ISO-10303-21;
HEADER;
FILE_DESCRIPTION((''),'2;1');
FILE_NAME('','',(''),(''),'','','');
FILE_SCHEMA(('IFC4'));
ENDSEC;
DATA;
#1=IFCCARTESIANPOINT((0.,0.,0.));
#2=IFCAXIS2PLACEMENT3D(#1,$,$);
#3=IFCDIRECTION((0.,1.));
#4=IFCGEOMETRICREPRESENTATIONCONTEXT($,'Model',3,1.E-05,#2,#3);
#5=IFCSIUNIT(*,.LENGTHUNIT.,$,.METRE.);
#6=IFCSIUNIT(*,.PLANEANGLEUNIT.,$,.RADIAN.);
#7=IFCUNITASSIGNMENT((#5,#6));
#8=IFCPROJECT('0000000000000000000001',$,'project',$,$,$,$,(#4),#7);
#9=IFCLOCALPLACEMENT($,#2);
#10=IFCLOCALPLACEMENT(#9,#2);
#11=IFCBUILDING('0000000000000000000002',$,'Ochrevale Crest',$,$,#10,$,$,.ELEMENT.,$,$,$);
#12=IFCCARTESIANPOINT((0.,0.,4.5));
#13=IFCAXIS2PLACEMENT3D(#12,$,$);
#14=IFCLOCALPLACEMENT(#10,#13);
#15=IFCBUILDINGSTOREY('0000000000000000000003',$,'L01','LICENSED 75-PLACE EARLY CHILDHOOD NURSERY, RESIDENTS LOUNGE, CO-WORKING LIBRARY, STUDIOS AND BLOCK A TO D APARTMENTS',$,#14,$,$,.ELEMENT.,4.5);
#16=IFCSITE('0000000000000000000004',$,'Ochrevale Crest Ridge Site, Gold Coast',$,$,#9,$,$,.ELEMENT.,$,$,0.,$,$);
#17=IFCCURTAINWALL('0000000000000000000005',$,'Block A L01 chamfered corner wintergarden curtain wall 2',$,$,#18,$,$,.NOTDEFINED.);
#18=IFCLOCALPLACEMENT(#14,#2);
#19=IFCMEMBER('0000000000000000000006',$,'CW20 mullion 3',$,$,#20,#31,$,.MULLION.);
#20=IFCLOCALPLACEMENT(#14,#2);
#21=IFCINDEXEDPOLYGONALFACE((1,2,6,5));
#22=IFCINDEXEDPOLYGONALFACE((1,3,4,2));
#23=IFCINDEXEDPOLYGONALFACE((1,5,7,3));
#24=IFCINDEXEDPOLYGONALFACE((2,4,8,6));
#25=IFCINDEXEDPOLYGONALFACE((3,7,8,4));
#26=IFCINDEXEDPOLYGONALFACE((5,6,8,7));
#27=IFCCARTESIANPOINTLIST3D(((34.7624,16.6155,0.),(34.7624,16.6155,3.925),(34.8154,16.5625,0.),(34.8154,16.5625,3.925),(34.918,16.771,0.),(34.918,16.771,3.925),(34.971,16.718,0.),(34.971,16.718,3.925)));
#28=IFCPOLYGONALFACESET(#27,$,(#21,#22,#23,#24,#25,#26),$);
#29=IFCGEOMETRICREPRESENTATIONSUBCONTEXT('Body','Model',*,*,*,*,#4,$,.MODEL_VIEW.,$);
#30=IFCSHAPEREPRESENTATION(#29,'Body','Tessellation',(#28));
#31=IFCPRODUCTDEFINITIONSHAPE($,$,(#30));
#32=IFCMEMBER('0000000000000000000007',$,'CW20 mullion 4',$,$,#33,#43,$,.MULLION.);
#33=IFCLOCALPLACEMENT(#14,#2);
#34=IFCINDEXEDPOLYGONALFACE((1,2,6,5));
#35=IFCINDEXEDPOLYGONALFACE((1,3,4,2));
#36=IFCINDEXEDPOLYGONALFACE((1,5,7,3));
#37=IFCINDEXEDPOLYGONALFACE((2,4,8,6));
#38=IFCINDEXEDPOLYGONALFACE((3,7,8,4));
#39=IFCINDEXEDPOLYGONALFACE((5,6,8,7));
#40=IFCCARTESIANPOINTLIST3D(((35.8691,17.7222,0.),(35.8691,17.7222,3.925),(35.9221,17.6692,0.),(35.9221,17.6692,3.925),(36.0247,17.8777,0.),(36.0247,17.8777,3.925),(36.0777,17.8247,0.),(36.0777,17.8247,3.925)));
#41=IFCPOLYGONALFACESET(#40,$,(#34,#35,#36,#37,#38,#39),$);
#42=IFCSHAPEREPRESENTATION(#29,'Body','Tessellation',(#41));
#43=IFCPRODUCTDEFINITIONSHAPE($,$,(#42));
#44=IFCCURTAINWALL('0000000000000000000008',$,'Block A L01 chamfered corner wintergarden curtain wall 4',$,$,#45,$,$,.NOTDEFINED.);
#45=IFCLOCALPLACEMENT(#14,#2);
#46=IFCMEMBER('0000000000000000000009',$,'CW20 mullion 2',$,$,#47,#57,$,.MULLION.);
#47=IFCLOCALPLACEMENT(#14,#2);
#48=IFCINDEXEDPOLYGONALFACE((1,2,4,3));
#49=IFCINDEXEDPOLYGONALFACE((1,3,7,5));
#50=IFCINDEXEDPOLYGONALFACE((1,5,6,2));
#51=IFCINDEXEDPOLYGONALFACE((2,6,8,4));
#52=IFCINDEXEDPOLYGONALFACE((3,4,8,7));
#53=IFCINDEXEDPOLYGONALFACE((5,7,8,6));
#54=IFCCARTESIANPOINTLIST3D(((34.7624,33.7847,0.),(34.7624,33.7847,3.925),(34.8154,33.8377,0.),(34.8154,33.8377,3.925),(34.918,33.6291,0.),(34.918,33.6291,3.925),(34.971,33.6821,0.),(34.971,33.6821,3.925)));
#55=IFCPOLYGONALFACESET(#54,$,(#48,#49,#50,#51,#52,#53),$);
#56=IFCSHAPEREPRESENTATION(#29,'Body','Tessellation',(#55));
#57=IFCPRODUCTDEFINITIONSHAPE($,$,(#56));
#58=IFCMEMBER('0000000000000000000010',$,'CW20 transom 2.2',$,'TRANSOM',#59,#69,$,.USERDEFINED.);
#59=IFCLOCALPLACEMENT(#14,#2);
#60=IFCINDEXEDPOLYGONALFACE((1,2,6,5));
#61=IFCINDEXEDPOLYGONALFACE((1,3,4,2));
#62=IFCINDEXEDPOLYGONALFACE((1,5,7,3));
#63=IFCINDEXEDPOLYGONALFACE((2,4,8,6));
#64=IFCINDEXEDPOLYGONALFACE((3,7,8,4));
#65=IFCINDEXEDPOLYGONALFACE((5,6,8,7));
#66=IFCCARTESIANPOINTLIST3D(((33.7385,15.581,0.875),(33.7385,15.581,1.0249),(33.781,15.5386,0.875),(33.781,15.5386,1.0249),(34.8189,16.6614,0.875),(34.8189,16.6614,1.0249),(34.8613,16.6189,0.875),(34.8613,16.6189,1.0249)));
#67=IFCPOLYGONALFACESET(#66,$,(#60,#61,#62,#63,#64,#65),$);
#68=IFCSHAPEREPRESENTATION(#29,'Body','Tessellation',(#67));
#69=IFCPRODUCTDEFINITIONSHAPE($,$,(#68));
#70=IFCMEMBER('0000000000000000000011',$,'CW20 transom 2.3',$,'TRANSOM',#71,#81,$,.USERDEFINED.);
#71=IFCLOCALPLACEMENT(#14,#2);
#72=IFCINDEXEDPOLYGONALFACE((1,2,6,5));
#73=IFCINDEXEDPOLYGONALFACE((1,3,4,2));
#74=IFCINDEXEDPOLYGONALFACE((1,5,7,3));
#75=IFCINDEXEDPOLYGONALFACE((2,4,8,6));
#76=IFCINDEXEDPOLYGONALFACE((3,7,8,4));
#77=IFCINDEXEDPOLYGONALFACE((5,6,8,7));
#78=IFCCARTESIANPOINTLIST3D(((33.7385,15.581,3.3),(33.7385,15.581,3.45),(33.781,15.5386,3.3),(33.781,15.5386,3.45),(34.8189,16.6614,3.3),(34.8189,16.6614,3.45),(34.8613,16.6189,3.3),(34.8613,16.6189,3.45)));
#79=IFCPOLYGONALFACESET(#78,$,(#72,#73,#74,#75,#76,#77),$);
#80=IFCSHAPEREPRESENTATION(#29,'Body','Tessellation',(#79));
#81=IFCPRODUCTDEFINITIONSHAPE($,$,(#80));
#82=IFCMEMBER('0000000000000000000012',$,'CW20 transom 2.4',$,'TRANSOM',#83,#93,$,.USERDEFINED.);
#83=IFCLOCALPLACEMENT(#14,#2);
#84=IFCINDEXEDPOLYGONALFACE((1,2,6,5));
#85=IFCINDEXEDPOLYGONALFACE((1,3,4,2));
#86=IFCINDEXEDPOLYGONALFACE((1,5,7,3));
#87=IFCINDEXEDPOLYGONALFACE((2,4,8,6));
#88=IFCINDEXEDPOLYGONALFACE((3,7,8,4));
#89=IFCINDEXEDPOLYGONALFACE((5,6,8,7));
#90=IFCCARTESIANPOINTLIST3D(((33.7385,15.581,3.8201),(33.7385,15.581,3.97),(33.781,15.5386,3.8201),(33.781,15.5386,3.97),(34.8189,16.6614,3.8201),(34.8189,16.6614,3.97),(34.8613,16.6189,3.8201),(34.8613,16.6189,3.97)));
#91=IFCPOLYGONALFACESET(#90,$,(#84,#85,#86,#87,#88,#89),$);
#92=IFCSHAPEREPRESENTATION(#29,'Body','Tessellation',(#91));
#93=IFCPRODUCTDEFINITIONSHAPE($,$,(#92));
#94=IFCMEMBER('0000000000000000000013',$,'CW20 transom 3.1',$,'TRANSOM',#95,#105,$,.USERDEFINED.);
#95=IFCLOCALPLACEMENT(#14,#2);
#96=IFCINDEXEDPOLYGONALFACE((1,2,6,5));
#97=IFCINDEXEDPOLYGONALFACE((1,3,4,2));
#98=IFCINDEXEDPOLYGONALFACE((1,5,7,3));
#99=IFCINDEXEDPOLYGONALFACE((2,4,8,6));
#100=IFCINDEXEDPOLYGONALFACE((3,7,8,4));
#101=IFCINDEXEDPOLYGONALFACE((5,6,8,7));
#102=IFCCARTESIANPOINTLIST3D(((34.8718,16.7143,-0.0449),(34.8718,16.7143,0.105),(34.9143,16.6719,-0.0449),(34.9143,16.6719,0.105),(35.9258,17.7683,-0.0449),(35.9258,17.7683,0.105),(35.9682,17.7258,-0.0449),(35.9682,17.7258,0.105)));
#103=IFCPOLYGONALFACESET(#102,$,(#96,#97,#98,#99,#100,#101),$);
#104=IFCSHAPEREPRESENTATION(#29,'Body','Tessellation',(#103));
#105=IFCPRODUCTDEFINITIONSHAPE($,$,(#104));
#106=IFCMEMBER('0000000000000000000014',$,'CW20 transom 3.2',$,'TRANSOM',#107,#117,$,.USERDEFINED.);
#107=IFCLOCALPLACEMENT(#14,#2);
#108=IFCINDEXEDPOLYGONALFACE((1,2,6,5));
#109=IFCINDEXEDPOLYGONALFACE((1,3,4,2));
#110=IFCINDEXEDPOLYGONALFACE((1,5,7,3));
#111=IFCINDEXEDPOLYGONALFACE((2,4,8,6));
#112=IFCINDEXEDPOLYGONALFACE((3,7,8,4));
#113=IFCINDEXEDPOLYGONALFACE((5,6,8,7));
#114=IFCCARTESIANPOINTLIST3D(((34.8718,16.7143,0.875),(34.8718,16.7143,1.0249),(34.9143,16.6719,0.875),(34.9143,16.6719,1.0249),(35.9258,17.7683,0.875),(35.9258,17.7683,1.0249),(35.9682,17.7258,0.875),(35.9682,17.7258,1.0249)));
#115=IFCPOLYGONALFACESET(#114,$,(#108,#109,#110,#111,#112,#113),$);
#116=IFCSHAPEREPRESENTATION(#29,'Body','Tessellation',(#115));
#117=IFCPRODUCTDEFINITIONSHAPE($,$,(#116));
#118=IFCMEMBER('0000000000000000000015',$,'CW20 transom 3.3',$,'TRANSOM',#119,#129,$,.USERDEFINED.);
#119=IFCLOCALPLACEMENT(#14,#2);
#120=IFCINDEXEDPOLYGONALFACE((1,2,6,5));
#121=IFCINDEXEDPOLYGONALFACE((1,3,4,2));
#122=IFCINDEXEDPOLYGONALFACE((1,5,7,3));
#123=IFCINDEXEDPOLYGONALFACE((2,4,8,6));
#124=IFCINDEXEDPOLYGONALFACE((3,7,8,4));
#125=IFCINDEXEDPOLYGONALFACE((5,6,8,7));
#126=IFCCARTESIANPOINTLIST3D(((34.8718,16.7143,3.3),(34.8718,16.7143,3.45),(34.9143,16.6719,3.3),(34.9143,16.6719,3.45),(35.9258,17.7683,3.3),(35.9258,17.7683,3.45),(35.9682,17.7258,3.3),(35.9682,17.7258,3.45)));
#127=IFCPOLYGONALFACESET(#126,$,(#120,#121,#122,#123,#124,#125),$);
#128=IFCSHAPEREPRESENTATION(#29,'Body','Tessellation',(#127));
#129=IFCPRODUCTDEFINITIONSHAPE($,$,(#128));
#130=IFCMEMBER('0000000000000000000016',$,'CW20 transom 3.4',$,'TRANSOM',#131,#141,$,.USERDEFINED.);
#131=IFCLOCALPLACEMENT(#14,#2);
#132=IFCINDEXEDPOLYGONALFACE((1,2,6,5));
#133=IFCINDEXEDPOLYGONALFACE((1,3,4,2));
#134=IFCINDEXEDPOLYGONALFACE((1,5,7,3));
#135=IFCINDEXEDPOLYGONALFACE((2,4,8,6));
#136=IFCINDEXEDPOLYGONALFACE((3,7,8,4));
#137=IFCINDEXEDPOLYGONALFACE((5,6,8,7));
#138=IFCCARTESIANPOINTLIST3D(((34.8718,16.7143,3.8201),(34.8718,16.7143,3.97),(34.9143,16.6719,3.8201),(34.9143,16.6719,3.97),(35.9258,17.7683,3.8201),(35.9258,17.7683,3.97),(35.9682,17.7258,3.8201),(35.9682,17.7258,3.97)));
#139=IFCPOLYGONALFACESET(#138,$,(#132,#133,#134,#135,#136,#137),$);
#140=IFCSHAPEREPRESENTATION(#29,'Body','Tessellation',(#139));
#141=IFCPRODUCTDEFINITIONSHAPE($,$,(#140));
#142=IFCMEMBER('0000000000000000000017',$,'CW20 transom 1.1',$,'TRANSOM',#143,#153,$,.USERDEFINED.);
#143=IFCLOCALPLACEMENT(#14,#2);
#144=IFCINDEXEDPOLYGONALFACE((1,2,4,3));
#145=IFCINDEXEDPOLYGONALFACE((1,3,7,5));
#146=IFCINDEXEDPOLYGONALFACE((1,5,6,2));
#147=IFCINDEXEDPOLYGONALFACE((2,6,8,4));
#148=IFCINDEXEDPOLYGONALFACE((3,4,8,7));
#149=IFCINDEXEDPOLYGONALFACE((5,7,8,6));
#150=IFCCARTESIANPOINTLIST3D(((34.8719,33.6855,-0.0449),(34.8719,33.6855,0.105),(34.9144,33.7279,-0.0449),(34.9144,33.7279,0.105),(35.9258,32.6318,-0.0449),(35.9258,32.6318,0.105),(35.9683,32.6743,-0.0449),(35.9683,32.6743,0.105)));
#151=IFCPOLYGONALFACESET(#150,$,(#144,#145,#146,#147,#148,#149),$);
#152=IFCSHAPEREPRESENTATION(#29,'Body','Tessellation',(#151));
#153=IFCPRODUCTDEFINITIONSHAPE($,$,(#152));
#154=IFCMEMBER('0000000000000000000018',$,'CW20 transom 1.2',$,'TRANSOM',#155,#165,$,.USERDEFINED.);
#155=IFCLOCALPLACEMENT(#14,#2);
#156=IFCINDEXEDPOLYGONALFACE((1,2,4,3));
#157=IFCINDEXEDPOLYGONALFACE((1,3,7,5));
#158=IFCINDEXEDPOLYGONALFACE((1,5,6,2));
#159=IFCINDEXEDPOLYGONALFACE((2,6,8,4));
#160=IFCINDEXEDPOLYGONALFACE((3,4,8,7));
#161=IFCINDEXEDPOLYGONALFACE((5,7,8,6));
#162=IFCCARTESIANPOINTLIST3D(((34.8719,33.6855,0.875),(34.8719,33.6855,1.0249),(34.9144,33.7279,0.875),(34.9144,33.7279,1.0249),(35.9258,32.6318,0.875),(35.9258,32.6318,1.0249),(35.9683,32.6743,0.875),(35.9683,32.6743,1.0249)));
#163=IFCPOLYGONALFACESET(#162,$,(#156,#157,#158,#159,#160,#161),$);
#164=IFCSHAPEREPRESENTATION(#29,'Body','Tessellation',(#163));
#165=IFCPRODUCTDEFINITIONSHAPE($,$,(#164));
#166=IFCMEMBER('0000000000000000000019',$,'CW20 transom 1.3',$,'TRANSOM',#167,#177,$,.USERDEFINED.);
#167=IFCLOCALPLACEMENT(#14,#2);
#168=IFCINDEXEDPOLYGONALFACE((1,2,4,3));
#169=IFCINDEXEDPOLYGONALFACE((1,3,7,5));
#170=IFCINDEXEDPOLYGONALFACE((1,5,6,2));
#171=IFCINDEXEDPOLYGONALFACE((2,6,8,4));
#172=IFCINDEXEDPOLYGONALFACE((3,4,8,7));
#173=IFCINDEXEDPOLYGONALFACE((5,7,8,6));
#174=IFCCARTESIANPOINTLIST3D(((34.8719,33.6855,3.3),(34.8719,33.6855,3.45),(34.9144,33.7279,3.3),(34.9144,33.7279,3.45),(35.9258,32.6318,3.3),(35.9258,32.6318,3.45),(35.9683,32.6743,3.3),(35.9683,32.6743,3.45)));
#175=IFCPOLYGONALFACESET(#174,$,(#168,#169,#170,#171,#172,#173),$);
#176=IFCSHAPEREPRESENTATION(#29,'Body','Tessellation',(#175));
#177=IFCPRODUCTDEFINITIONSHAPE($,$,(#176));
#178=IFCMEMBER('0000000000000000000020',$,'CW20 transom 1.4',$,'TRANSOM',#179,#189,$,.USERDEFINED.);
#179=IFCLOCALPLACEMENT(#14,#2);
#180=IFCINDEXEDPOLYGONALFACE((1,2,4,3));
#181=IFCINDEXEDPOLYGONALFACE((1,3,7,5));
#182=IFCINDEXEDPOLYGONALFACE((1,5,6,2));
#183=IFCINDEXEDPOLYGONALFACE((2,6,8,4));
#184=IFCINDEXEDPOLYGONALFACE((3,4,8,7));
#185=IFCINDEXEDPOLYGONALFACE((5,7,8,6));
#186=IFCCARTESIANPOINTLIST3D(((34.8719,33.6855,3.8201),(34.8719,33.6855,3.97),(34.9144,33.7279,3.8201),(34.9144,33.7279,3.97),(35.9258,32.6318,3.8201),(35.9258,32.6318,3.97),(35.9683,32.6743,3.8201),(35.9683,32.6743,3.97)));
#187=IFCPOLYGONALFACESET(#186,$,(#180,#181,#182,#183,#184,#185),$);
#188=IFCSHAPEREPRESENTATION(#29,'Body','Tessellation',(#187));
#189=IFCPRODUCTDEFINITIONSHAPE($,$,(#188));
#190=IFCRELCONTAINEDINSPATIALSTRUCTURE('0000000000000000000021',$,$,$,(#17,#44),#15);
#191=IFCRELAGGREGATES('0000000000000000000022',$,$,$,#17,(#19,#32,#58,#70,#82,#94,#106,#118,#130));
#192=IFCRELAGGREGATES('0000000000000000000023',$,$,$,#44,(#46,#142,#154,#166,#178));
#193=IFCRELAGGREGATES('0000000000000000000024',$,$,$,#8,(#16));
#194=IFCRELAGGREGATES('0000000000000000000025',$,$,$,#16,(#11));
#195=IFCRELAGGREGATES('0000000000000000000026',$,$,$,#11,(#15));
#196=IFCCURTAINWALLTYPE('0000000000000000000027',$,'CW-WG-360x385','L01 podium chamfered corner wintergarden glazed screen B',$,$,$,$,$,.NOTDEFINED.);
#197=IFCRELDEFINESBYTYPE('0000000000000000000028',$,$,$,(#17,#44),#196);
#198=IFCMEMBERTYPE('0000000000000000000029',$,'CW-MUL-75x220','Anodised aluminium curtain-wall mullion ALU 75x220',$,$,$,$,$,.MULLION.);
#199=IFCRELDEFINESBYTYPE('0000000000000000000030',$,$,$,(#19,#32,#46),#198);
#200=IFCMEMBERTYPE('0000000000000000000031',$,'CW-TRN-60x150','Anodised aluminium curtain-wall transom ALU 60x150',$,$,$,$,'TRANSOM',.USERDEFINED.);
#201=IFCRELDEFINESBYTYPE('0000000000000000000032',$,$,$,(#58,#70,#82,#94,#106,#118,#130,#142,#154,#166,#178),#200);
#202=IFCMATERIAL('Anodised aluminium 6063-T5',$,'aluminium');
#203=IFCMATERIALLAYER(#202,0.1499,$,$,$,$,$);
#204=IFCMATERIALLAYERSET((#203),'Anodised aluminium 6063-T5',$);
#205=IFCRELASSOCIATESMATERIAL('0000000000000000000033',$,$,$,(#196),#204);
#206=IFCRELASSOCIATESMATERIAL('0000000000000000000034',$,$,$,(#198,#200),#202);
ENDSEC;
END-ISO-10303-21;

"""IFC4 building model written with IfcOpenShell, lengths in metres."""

from ifc_helpers import new_model, si_unit, direction, frame, origin, origin_2d, place, context, subcontext, project, spatial, rectangle, extrude, material, layer, layer_set, material_profile, profile_set, type_object, element, aggregate, save


model = new_model("IFC4")

# Units and contexts
model_context = context("Model", 3, precision=1e-05, world=origin(), true_north=direction((0.0, 1.0)))
body_context = subcontext(model_context, "Body", "Model", "MODEL_VIEW")
ifc_project = project(units=[si_unit("LENGTHUNIT", "METRE"), si_unit("PLANEANGLEUNIT", "RADIAN")], contexts=[model_context])

# Site, building, storey
site_placement = place(None, origin())
site = spatial("IfcSite", under=ifc_project, at=site_placement, Name="Ochrevale Crest Ridge Site, Gold Coast", CompositionType="ELEMENT", RefElevation=0.0)
building_placement = place(site_placement, origin())
building = spatial("IfcBuilding", under=site, at=building_placement, Name="Ochrevale Crest", CompositionType="ELEMENT")
storey_placement = place(building_placement, frame((0.0, 0.0, 4.5)))
storey = spatial("IfcBuildingStorey", under=building, at=storey_placement, Name="L01", Description="LICENSED 75-PLACE EARLY CHILDHOOD NURSERY, RESIDENTS LOUNGE, CO-WORKING LIBRARY, STUDIOS AND BLOCK A TO D APARTMENTS", CompositionType="ELEMENT", Elevation=4.5)

# Curtain wall, members
ifc_material_1 = material(Name="Anodised aluminium 6063-T5", Category="aluminium")
ifc_layer_1 = layer(ifc_material_1, 0.1499)
ifc_layer_set_1 = layer_set([ifc_layer_1], Name="Anodised aluminium 6063-T5")
curtain_wall_type = type_object("IfcCurtainWallType", Name="CW-WG-360x385", Description="L01 podium chamfered corner wintergarden glazed screen B", PredefinedType="NOTDEFINED", material=ifc_layer_set_1)
curtain_wall_1_placement = place(storey_placement, origin())
curtain_wall_1 = element("IfcCurtainWall", 1, at=curtain_wall_1_placement, inside=storey, type_object=curtain_wall_type, Name="Block A L01 chamfered corner wintergarden curtain wall 2", PredefinedType="NOTDEFINED")
ifc_material_profile_1 = material_profile(ifc_material_1, rectangle(XDim=0.075, YDim=0.22, at=origin_2d()), Name="ALU 75x220")
ifc_profile_set_1 = profile_set([ifc_material_profile_1], Name="Anodised aluminium 6063-T5")
member_type_1 = type_object("IfcMemberType", Name="CW-MUL-75x220", Description="Anodised aluminium curtain-wall mullion ALU 75x220", PredefinedType="MULLION", material=ifc_profile_set_1)
member_1_placement = place(storey_placement, frame((34.8667, 16.6667, 0.0), z_axis=(0.0, 0.0, 1.0), x_axis=(-0.707107, 0.707107, 0.0)))
member_1 = element("IfcMember", 2, at=member_1_placement, type_object=member_type_1, Name="CW20 mullion 3", PredefinedType="MULLION", context=body_context, shape_type="SweptSolid", body=[
    extrude(rectangle(XDim=0.075, YDim=0.22, at=origin_2d()), origin(), (0.0, 0.0, 1.0), 3.925),
])
member_2_placement = place(storey_placement, frame((35.9734, 17.7734, 0.0), z_axis=(0.0, 0.0, 1.0), x_axis=(-0.707107, 0.707107, 0.0)))
member_2 = element("IfcMember", 3, at=member_2_placement, type_object=member_type_1, Name="CW20 mullion 4", PredefinedType="MULLION", context=body_context, shape_type="SweptSolid", body=[
    extrude(rectangle(XDim=0.075, YDim=0.22, at=origin_2d()), origin(), (0.0, 0.0, 1.0), 3.925),
])

# Curtain wall, member
curtain_wall_2_placement = place(storey_placement, origin())
curtain_wall_2 = element("IfcCurtainWall", 4, at=curtain_wall_2_placement, inside=storey, type_object=curtain_wall_type, Name="Block A L01 chamfered corner wintergarden curtain wall 4", PredefinedType="NOTDEFINED")
member_3_placement = place(storey_placement, frame((34.8667, 33.7334, 0.0), z_axis=(0.0, 0.0, 1.0), x_axis=(-0.707107, -0.707107, 0.0)))
member_3 = element("IfcMember", 5, at=member_3_placement, type_object=member_type_1, Name="CW20 mullion 2", PredefinedType="MULLION", context=body_context, shape_type="SweptSolid", body=[
    extrude(rectangle(XDim=0.075, YDim=0.22, at=origin_2d()), origin(), (0.0, 0.0, 1.0), 3.925),
])

# Members
ifc_material_profile_2 = material_profile(ifc_material_1, rectangle(XDim=0.0601, YDim=0.1499, at=origin_2d()), Name="ALU 60x150")
ifc_profile_set_2 = profile_set([ifc_material_profile_2], Name="Anodised aluminium 6063-T5")
member_type_2 = type_object("IfcMemberType", Name="CW-TRN-60x150", Description="Anodised aluminium curtain-wall transom ALU 60x150", ElementType="TRANSOM", PredefinedType="USERDEFINED", material=ifc_profile_set_2)
member_4_placement = place(storey_placement, frame((33.7598, 15.5598, 0.95), z_axis=(0.707107, 0.707107, 0.0), x_axis=(-0.707107, 0.707107, 0.0)))
member_4 = element("IfcMember", 6, at=member_4_placement, type_object=member_type_2, Name="CW20 transom 2.2", ObjectType="TRANSOM", PredefinedType="USERDEFINED", context=body_context, shape_type="SweptSolid", body=[
    extrude(rectangle(XDim=0.0601, YDim=0.1499, at=origin_2d()), origin(), (0.0, 0.0, 1.0), 1.5278),
])
member_5_placement = place(storey_placement, frame((33.7598, 15.5598, 3.375), z_axis=(0.707107, 0.707107, 0.0), x_axis=(-0.707107, 0.707107, 0.0)))
member_5 = element("IfcMember", 7, at=member_5_placement, type_object=member_type_2, Name="CW20 transom 2.3", ObjectType="TRANSOM", PredefinedType="USERDEFINED", context=body_context, shape_type="SweptSolid", body=[
    extrude(rectangle(XDim=0.0601, YDim=0.1499, at=origin_2d()), origin(), (0.0, 0.0, 1.0), 1.5278),
])
member_6_placement = place(storey_placement, frame((33.7598, 15.5598, 3.895), z_axis=(0.707107, 0.707107, 0.0), x_axis=(-0.707107, 0.707107, 0.0)))
member_6 = element("IfcMember", 8, at=member_6_placement, type_object=member_type_2, Name="CW20 transom 2.4", ObjectType="TRANSOM", PredefinedType="USERDEFINED", context=body_context, shape_type="SweptSolid", body=[
    extrude(rectangle(XDim=0.0601, YDim=0.1499, at=origin_2d()), origin(), (0.0, 0.0, 1.0), 1.5278),
])
member_7_placement = place(storey_placement, frame((34.8931, 16.6931, 0.03), z_axis=(0.707107, 0.707107, 0.0), x_axis=(-0.707107, 0.707107, 0.0)))
member_7 = element("IfcMember", 9, at=member_7_placement, type_object=member_type_2, Name="CW20 transom 3.1", ObjectType="TRANSOM", PredefinedType="USERDEFINED", context=body_context, shape_type="SweptSolid", body=[
    extrude(rectangle(XDim=0.0601, YDim=0.1499, at=origin_2d()), origin(), (0.0, 0.0, 1.0), 1.4905),
])
member_8_placement = place(storey_placement, frame((34.8931, 16.6931, 0.95), z_axis=(0.707107, 0.707107, 0.0), x_axis=(-0.707107, 0.707107, 0.0)))
member_8 = element("IfcMember", 10, at=member_8_placement, type_object=member_type_2, Name="CW20 transom 3.2", ObjectType="TRANSOM", PredefinedType="USERDEFINED", context=body_context, shape_type="SweptSolid", body=[
    extrude(rectangle(XDim=0.0601, YDim=0.1499, at=origin_2d()), origin(), (0.0, 0.0, 1.0), 1.4905),
])
member_9_placement = place(storey_placement, frame((34.8931, 16.6931, 3.375), z_axis=(0.707107, 0.707107, 0.0), x_axis=(-0.707107, 0.707107, 0.0)))
member_9 = element("IfcMember", 11, at=member_9_placement, type_object=member_type_2, Name="CW20 transom 3.3", ObjectType="TRANSOM", PredefinedType="USERDEFINED", context=body_context, shape_type="SweptSolid", body=[
    extrude(rectangle(XDim=0.0601, YDim=0.1499, at=origin_2d()), origin(), (0.0, 0.0, 1.0), 1.4905),
])
member_10_placement = place(storey_placement, frame((34.8931, 16.6931, 3.895), z_axis=(0.707107, 0.707107, 0.0), x_axis=(-0.707107, 0.707107, 0.0)))
member_10 = element("IfcMember", 12, at=member_10_placement, type_object=member_type_2, Name="CW20 transom 3.4", ObjectType="TRANSOM", PredefinedType="USERDEFINED", context=body_context, shape_type="SweptSolid", body=[
    extrude(rectangle(XDim=0.0601, YDim=0.1499, at=origin_2d()), origin(), (0.0, 0.0, 1.0), 1.4905),
])
member_11_placement = place(storey_placement, frame((35.947, 32.6531, 0.03), z_axis=(-0.707189, 0.707025, 0.0), x_axis=(-0.707025, -0.707189, 0.0)))
member_11 = element("IfcMember", 13, at=member_11_placement, type_object=member_type_2, Name="CW20 transom 1.1", ObjectType="TRANSOM", PredefinedType="USERDEFINED", context=body_context, shape_type="SweptSolid", body=[
    extrude(rectangle(XDim=0.0601, YDim=0.1499, at=origin_2d()), origin(), (0.0, 0.0, 1.0), 1.4902),
])
member_12_placement = place(storey_placement, frame((35.947, 32.6531, 0.95), z_axis=(-0.707189, 0.707025, 0.0), x_axis=(-0.707025, -0.707189, 0.0)))
member_12 = element("IfcMember", 14, at=member_12_placement, type_object=member_type_2, Name="CW20 transom 1.2", ObjectType="TRANSOM", PredefinedType="USERDEFINED", context=body_context, shape_type="SweptSolid", body=[
    extrude(rectangle(XDim=0.0601, YDim=0.1499, at=origin_2d()), origin(), (0.0, 0.0, 1.0), 1.4902),
])
member_13_placement = place(storey_placement, frame((35.947, 32.6531, 3.375), z_axis=(-0.707189, 0.707025, 0.0), x_axis=(-0.707025, -0.707189, 0.0)))
member_13 = element("IfcMember", 15, at=member_13_placement, type_object=member_type_2, Name="CW20 transom 1.3", ObjectType="TRANSOM", PredefinedType="USERDEFINED", context=body_context, shape_type="SweptSolid", body=[
    extrude(rectangle(XDim=0.0601, YDim=0.1499, at=origin_2d()), origin(), (0.0, 0.0, 1.0), 1.4902),
])
member_14_placement = place(storey_placement, frame((35.947, 32.6531, 3.895), z_axis=(-0.707189, 0.707025, 0.0), x_axis=(-0.707025, -0.707189, 0.0)))
member_14 = element("IfcMember", 16, at=member_14_placement, type_object=member_type_2, Name="CW20 transom 1.4", ObjectType="TRANSOM", PredefinedType="USERDEFINED", context=body_context, shape_type="SweptSolid", body=[
    extrude(rectangle(XDim=0.0601, YDim=0.1499, at=origin_2d()), origin(), (0.0, 0.0, 1.0), 1.4902),
])

aggregate(curtain_wall_1, [member_1, member_2, member_4, member_5, member_6, member_7, member_8, member_9, member_10])
aggregate(curtain_wall_2, [member_3, member_11, member_12, member_13, member_14])

save(model, "model.ifc")
